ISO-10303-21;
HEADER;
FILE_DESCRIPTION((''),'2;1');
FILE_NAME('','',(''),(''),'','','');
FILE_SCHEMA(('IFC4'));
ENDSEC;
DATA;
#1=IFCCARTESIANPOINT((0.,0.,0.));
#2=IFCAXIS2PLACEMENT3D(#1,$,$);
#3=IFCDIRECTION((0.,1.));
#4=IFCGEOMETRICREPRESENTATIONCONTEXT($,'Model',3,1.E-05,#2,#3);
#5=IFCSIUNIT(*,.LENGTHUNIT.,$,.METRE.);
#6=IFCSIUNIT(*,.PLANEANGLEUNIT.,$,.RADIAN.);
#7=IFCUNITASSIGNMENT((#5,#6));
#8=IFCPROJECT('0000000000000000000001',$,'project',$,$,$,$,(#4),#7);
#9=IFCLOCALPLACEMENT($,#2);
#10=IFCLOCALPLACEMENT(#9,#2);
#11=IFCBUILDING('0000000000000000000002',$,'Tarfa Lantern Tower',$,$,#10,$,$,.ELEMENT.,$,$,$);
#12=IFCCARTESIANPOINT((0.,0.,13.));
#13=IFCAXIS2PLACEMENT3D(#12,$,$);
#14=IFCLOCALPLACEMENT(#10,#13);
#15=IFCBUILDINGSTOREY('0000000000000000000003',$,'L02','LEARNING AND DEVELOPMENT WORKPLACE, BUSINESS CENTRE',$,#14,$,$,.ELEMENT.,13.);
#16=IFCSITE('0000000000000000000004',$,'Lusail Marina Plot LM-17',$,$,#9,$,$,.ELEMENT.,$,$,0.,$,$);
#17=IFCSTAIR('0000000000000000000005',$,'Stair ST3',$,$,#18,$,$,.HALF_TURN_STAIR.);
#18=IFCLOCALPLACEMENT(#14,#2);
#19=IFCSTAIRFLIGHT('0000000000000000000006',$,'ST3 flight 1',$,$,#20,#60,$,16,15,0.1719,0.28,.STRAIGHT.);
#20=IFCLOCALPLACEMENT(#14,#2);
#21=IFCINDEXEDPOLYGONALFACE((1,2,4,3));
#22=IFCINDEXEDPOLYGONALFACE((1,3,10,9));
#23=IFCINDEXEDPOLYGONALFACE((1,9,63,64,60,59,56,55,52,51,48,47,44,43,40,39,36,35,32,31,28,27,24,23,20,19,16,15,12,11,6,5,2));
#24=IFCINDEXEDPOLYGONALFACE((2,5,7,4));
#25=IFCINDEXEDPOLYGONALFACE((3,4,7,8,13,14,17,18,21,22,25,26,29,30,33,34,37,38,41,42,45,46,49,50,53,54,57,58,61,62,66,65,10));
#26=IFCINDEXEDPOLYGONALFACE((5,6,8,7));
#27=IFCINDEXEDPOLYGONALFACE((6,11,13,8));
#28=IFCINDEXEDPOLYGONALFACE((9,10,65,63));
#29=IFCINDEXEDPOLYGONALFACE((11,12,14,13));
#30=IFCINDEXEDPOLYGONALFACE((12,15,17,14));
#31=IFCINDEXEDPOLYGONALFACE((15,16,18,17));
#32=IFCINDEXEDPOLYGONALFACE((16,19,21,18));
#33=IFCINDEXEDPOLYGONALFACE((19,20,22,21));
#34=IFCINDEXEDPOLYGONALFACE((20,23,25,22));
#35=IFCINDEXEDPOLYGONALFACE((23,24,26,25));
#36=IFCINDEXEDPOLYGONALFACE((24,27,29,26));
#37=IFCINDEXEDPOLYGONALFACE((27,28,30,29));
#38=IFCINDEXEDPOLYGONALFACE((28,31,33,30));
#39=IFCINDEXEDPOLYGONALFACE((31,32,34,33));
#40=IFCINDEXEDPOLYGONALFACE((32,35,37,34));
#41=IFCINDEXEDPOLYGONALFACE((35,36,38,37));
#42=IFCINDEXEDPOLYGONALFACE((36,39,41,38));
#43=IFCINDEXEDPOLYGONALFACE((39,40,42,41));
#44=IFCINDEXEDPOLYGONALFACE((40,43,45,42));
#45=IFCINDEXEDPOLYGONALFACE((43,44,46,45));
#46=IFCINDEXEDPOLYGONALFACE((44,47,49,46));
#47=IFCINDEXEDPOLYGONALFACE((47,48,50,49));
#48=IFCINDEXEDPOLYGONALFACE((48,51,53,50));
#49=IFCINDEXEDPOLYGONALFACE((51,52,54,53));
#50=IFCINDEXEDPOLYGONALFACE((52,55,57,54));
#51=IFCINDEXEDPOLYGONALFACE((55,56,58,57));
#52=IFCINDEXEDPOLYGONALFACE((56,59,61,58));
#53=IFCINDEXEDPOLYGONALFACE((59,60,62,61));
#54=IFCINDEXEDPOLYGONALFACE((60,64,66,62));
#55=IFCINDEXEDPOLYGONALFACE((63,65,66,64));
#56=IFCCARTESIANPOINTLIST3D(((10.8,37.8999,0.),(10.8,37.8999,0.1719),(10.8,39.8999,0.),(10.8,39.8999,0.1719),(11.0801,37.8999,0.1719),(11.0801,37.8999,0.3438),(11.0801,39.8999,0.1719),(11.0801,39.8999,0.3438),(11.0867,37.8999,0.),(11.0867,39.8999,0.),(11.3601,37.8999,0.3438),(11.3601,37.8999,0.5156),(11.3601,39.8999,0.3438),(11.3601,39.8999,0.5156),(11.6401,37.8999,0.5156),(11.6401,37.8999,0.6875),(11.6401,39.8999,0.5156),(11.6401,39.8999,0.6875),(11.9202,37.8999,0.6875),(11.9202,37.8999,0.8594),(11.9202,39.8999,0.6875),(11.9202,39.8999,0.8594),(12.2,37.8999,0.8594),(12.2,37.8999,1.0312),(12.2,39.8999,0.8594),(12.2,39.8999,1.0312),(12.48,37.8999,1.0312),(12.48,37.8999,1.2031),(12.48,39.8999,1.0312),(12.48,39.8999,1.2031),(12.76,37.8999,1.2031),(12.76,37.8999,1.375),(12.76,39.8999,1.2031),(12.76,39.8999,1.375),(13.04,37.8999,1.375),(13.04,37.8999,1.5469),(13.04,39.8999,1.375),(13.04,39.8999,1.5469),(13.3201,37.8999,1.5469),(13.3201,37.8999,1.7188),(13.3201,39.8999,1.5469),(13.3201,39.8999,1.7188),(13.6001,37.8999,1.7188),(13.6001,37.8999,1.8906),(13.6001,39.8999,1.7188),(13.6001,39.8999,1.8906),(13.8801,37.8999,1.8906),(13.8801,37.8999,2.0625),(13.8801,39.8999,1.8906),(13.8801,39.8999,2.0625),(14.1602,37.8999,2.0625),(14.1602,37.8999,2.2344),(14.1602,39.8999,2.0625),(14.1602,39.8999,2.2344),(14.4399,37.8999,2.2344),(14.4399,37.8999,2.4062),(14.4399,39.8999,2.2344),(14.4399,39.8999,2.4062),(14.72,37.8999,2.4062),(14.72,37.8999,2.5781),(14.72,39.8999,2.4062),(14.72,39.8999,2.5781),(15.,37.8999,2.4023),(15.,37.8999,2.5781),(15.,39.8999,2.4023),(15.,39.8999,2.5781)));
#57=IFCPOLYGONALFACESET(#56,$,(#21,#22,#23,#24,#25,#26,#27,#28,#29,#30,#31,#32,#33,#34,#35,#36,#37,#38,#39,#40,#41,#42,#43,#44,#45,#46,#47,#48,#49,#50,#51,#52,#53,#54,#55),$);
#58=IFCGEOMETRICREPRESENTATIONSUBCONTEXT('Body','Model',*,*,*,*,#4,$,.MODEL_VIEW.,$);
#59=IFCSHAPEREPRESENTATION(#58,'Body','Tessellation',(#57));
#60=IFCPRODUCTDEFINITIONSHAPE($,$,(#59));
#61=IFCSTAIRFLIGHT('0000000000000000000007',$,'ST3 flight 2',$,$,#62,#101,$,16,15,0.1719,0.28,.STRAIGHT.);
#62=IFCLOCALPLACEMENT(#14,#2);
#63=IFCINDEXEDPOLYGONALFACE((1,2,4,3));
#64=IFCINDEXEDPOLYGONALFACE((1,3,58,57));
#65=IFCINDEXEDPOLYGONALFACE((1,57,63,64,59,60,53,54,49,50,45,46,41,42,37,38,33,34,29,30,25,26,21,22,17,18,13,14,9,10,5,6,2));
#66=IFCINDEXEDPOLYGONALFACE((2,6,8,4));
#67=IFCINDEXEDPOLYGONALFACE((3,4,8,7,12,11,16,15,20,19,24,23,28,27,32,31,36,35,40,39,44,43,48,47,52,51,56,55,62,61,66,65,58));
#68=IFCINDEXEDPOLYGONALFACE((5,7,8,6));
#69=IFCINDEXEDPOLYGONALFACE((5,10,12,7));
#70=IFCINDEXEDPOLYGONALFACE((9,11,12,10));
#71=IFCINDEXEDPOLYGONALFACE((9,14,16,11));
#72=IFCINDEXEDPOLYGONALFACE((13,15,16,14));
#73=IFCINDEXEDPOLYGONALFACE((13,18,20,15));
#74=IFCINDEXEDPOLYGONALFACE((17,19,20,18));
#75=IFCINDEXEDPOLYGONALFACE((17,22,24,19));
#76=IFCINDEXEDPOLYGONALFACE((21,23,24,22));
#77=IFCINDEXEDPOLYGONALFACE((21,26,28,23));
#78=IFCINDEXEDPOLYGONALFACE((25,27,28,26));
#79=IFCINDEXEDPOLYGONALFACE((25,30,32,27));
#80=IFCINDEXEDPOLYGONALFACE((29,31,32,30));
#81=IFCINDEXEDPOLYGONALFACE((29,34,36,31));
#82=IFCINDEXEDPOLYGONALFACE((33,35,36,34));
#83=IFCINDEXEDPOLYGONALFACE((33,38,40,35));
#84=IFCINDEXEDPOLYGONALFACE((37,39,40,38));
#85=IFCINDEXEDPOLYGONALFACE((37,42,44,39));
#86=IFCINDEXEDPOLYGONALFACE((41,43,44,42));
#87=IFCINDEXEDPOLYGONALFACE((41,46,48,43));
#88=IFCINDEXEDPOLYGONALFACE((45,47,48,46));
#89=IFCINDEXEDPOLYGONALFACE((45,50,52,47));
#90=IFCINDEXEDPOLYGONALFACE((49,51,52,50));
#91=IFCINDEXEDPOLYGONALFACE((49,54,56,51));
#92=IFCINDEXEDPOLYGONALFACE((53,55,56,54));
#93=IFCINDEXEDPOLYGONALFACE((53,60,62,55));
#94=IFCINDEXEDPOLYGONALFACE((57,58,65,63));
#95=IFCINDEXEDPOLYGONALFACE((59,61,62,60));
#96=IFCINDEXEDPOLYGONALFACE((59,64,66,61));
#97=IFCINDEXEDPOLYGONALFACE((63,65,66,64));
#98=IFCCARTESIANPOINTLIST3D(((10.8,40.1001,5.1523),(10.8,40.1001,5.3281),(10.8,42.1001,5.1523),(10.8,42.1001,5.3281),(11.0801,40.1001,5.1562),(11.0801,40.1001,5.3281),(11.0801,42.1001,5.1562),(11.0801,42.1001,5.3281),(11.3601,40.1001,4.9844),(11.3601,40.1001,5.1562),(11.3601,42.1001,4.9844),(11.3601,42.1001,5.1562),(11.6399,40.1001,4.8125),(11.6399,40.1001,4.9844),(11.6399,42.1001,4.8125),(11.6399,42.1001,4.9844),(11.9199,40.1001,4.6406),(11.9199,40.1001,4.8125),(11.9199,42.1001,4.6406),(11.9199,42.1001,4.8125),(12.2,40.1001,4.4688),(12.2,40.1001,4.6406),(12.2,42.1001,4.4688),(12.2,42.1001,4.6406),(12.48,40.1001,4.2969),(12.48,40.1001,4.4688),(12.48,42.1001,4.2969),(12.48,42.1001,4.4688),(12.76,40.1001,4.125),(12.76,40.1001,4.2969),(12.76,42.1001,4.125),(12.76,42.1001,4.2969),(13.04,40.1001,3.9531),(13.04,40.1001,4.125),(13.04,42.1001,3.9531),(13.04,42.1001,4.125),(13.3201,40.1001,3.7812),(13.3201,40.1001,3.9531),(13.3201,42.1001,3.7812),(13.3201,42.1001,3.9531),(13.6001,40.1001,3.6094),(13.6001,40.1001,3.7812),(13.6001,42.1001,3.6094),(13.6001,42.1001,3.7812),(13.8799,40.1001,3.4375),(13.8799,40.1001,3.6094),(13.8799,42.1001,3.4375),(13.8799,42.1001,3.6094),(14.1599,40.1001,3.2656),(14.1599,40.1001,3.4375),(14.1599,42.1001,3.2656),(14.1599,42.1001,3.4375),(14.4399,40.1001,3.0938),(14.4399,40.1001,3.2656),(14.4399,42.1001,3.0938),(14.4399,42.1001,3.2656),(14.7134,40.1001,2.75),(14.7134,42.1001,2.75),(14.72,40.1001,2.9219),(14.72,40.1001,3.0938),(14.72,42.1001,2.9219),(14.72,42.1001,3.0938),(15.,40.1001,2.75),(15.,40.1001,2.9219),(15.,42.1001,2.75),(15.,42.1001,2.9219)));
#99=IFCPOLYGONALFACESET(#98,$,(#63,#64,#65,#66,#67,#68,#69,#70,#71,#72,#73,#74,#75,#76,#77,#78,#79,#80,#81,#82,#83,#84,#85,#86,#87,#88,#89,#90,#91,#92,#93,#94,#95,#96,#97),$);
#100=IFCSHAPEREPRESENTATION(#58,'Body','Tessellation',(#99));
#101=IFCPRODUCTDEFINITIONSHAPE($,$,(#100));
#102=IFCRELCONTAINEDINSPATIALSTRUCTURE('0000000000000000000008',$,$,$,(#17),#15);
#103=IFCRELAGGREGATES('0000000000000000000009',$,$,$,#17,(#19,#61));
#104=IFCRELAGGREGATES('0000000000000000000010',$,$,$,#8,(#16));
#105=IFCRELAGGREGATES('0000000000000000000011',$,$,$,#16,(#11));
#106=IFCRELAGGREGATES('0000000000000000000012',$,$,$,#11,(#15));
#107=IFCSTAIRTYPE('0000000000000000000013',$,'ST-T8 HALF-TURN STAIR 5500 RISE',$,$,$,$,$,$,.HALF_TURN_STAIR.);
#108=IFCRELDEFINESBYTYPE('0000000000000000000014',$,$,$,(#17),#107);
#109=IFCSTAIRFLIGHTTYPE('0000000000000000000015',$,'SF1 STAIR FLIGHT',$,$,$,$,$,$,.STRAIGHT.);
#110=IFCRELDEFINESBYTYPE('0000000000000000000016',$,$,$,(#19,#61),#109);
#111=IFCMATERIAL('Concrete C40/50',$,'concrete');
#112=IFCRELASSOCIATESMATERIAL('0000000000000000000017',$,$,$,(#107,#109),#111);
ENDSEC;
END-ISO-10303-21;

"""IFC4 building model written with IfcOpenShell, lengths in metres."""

from ifc_helpers import new_model, si_unit, direction, frame, origin, place, context, subcontext, project, spatial, polyline, outline, extrude, material, type_object, element, aggregate, save


model = new_model("IFC4")

# Units and contexts
model_context = context("Model", 3, precision=1e-05, world=origin(), true_north=direction((0.0, 1.0)))
body_context = subcontext(model_context, "Body", "Model", "MODEL_VIEW")
ifc_project = project(units=[si_unit("LENGTHUNIT", "METRE"), si_unit("PLANEANGLEUNIT", "RADIAN")], contexts=[model_context])

# Site, building, storey
site_placement = place(None, origin())
site = spatial("IfcSite", under=ifc_project, at=site_placement, Name="Lusail Marina Plot LM-17", CompositionType="ELEMENT", RefElevation=0.0)
building_placement = place(site_placement, origin())
building = spatial("IfcBuilding", under=site, at=building_placement, Name="Tarfa Lantern Tower", CompositionType="ELEMENT")
storey_placement = place(building_placement, frame((0.0, 0.0, 13.0)))
storey = spatial("IfcBuildingStorey", under=building, at=storey_placement, Name="L02", Description="LEARNING AND DEVELOPMENT WORKPLACE, BUSINESS CENTRE", CompositionType="ELEMENT", Elevation=13.0)

# Stair, stair flights
ifc_material_1 = material(Name="Concrete C40/50", Category="concrete")
stair_type = type_object("IfcStairType", Name="ST-T8 HALF-TURN STAIR 5500 RISE", PredefinedType="HALF_TURN_STAIR", material=ifc_material_1)
stair_placement = place(storey_placement, origin())
stair = element("IfcStair", 1, at=stair_placement, inside=storey, type_object=stair_type, Name="Stair ST3", PredefinedType="HALF_TURN_STAIR")
stair_flight_type = type_object("IfcStairFlightType", Name="SF1 STAIR FLIGHT", PredefinedType="STRAIGHT", material=ifc_material_1)
stair_flight_1_placement = place(storey_placement, frame((10.8, 38.8999, 0.0), z_axis=(0.0, 0.0, 1.0), x_axis=(1.0, 0.0, 0.0)))
stair_flight_1 = element("IfcStairFlight", 2, at=stair_flight_1_placement, type_object=stair_flight_type, Name="ST3 flight 1", NumberOfRisers=16, NumberOfTreads=15, PredefinedType="STRAIGHT", RiserHeight=0.1719, TreadLength=0.28, context=body_context, shape_type="SweptSolid", body=[
    extrude(outline(polyline([(0.0, 0.0), (0.0, 0.1719), (0.28, 0.1719), (0.28, 0.3438), (0.5601, 0.3438), (0.5601, 0.5156), (0.8401, 0.5156), (0.8401, 0.6875), (1.1201, 0.6875), (1.1201, 0.8594), (1.3999, 0.8594), (1.3999, 1.0312), (1.6799, 1.0312), (1.6799, 1.2031), (1.96, 1.2031), (1.96, 1.375), (2.24, 1.375), (2.24, 1.5469), (2.52, 1.5469), (2.52, 1.7188), (2.8, 1.7188), (2.8, 1.8906), (3.0801, 1.8906), (3.0801, 2.0625), (3.3601, 2.0625), (3.3601, 2.2344), (3.6399, 2.2344), (3.6399, 2.4062), (3.9199, 2.4062), (3.9199, 2.5781), (4.2, 2.5781), (4.2, 2.75), (4.2, 2.4023), (0.2866, 0.0), (0.0, 0.0)])), frame((0.0, 1.0, 0.0), z_axis=(0.0, -1.0, 0.0), x_axis=(1.0, 0.0, 0.0)), (0.0, 0.0, 1.0), 2.0),
])
stair_flight_2_placement = place(storey_placement, frame((15.0, 41.1001, 2.75), z_axis=(0.0, 0.0, 1.0), x_axis=(-1.0, 0.0, 0.0)))
stair_flight_2 = element("IfcStairFlight", 3, at=stair_flight_2_placement, type_object=stair_flight_type, Name="ST3 flight 2", NumberOfRisers=16, NumberOfTreads=15, PredefinedType="STRAIGHT", RiserHeight=0.1719, TreadLength=0.28, context=body_context, shape_type="SweptSolid", body=[
    extrude(outline(polyline([(0.0, 0.0), (0.0, 0.1719), (0.28, 0.1719), (0.28, 0.3438), (0.5601, 0.3438), (0.5601, 0.5156), (0.8401, 0.5156), (0.8401, 0.6875), (1.1201, 0.6875), (1.1201, 0.8594), (1.3999, 0.8594), (1.3999, 1.0312), (1.6799, 1.0312), (1.6799, 1.2031), (1.96, 1.2031), (1.96, 1.375), (2.24, 1.375), (2.24, 1.5469), (2.52, 1.5469), (2.52, 1.7188), (2.8, 1.7188), (2.8, 1.8906), (3.0801, 1.8906), (3.0801, 2.0625), (3.3601, 2.0625), (3.3601, 2.2344), (3.6399, 2.2344), (3.6399, 2.4062), (3.9199, 2.4062), (3.9199, 2.5781), (4.2, 2.5781), (4.2, 2.75), (4.2, 2.4023), (0.2866, 0.0), (0.0, 0.0)])), frame((0.0, 1.0, 0.0), z_axis=(0.0, -1.0, 0.0), x_axis=(1.0, 0.0, 0.0)), (0.0, 0.0, 1.0), 2.0),
])
aggregate(stair, [stair_flight_1, stair_flight_2])

save(model, "model.ifc")
